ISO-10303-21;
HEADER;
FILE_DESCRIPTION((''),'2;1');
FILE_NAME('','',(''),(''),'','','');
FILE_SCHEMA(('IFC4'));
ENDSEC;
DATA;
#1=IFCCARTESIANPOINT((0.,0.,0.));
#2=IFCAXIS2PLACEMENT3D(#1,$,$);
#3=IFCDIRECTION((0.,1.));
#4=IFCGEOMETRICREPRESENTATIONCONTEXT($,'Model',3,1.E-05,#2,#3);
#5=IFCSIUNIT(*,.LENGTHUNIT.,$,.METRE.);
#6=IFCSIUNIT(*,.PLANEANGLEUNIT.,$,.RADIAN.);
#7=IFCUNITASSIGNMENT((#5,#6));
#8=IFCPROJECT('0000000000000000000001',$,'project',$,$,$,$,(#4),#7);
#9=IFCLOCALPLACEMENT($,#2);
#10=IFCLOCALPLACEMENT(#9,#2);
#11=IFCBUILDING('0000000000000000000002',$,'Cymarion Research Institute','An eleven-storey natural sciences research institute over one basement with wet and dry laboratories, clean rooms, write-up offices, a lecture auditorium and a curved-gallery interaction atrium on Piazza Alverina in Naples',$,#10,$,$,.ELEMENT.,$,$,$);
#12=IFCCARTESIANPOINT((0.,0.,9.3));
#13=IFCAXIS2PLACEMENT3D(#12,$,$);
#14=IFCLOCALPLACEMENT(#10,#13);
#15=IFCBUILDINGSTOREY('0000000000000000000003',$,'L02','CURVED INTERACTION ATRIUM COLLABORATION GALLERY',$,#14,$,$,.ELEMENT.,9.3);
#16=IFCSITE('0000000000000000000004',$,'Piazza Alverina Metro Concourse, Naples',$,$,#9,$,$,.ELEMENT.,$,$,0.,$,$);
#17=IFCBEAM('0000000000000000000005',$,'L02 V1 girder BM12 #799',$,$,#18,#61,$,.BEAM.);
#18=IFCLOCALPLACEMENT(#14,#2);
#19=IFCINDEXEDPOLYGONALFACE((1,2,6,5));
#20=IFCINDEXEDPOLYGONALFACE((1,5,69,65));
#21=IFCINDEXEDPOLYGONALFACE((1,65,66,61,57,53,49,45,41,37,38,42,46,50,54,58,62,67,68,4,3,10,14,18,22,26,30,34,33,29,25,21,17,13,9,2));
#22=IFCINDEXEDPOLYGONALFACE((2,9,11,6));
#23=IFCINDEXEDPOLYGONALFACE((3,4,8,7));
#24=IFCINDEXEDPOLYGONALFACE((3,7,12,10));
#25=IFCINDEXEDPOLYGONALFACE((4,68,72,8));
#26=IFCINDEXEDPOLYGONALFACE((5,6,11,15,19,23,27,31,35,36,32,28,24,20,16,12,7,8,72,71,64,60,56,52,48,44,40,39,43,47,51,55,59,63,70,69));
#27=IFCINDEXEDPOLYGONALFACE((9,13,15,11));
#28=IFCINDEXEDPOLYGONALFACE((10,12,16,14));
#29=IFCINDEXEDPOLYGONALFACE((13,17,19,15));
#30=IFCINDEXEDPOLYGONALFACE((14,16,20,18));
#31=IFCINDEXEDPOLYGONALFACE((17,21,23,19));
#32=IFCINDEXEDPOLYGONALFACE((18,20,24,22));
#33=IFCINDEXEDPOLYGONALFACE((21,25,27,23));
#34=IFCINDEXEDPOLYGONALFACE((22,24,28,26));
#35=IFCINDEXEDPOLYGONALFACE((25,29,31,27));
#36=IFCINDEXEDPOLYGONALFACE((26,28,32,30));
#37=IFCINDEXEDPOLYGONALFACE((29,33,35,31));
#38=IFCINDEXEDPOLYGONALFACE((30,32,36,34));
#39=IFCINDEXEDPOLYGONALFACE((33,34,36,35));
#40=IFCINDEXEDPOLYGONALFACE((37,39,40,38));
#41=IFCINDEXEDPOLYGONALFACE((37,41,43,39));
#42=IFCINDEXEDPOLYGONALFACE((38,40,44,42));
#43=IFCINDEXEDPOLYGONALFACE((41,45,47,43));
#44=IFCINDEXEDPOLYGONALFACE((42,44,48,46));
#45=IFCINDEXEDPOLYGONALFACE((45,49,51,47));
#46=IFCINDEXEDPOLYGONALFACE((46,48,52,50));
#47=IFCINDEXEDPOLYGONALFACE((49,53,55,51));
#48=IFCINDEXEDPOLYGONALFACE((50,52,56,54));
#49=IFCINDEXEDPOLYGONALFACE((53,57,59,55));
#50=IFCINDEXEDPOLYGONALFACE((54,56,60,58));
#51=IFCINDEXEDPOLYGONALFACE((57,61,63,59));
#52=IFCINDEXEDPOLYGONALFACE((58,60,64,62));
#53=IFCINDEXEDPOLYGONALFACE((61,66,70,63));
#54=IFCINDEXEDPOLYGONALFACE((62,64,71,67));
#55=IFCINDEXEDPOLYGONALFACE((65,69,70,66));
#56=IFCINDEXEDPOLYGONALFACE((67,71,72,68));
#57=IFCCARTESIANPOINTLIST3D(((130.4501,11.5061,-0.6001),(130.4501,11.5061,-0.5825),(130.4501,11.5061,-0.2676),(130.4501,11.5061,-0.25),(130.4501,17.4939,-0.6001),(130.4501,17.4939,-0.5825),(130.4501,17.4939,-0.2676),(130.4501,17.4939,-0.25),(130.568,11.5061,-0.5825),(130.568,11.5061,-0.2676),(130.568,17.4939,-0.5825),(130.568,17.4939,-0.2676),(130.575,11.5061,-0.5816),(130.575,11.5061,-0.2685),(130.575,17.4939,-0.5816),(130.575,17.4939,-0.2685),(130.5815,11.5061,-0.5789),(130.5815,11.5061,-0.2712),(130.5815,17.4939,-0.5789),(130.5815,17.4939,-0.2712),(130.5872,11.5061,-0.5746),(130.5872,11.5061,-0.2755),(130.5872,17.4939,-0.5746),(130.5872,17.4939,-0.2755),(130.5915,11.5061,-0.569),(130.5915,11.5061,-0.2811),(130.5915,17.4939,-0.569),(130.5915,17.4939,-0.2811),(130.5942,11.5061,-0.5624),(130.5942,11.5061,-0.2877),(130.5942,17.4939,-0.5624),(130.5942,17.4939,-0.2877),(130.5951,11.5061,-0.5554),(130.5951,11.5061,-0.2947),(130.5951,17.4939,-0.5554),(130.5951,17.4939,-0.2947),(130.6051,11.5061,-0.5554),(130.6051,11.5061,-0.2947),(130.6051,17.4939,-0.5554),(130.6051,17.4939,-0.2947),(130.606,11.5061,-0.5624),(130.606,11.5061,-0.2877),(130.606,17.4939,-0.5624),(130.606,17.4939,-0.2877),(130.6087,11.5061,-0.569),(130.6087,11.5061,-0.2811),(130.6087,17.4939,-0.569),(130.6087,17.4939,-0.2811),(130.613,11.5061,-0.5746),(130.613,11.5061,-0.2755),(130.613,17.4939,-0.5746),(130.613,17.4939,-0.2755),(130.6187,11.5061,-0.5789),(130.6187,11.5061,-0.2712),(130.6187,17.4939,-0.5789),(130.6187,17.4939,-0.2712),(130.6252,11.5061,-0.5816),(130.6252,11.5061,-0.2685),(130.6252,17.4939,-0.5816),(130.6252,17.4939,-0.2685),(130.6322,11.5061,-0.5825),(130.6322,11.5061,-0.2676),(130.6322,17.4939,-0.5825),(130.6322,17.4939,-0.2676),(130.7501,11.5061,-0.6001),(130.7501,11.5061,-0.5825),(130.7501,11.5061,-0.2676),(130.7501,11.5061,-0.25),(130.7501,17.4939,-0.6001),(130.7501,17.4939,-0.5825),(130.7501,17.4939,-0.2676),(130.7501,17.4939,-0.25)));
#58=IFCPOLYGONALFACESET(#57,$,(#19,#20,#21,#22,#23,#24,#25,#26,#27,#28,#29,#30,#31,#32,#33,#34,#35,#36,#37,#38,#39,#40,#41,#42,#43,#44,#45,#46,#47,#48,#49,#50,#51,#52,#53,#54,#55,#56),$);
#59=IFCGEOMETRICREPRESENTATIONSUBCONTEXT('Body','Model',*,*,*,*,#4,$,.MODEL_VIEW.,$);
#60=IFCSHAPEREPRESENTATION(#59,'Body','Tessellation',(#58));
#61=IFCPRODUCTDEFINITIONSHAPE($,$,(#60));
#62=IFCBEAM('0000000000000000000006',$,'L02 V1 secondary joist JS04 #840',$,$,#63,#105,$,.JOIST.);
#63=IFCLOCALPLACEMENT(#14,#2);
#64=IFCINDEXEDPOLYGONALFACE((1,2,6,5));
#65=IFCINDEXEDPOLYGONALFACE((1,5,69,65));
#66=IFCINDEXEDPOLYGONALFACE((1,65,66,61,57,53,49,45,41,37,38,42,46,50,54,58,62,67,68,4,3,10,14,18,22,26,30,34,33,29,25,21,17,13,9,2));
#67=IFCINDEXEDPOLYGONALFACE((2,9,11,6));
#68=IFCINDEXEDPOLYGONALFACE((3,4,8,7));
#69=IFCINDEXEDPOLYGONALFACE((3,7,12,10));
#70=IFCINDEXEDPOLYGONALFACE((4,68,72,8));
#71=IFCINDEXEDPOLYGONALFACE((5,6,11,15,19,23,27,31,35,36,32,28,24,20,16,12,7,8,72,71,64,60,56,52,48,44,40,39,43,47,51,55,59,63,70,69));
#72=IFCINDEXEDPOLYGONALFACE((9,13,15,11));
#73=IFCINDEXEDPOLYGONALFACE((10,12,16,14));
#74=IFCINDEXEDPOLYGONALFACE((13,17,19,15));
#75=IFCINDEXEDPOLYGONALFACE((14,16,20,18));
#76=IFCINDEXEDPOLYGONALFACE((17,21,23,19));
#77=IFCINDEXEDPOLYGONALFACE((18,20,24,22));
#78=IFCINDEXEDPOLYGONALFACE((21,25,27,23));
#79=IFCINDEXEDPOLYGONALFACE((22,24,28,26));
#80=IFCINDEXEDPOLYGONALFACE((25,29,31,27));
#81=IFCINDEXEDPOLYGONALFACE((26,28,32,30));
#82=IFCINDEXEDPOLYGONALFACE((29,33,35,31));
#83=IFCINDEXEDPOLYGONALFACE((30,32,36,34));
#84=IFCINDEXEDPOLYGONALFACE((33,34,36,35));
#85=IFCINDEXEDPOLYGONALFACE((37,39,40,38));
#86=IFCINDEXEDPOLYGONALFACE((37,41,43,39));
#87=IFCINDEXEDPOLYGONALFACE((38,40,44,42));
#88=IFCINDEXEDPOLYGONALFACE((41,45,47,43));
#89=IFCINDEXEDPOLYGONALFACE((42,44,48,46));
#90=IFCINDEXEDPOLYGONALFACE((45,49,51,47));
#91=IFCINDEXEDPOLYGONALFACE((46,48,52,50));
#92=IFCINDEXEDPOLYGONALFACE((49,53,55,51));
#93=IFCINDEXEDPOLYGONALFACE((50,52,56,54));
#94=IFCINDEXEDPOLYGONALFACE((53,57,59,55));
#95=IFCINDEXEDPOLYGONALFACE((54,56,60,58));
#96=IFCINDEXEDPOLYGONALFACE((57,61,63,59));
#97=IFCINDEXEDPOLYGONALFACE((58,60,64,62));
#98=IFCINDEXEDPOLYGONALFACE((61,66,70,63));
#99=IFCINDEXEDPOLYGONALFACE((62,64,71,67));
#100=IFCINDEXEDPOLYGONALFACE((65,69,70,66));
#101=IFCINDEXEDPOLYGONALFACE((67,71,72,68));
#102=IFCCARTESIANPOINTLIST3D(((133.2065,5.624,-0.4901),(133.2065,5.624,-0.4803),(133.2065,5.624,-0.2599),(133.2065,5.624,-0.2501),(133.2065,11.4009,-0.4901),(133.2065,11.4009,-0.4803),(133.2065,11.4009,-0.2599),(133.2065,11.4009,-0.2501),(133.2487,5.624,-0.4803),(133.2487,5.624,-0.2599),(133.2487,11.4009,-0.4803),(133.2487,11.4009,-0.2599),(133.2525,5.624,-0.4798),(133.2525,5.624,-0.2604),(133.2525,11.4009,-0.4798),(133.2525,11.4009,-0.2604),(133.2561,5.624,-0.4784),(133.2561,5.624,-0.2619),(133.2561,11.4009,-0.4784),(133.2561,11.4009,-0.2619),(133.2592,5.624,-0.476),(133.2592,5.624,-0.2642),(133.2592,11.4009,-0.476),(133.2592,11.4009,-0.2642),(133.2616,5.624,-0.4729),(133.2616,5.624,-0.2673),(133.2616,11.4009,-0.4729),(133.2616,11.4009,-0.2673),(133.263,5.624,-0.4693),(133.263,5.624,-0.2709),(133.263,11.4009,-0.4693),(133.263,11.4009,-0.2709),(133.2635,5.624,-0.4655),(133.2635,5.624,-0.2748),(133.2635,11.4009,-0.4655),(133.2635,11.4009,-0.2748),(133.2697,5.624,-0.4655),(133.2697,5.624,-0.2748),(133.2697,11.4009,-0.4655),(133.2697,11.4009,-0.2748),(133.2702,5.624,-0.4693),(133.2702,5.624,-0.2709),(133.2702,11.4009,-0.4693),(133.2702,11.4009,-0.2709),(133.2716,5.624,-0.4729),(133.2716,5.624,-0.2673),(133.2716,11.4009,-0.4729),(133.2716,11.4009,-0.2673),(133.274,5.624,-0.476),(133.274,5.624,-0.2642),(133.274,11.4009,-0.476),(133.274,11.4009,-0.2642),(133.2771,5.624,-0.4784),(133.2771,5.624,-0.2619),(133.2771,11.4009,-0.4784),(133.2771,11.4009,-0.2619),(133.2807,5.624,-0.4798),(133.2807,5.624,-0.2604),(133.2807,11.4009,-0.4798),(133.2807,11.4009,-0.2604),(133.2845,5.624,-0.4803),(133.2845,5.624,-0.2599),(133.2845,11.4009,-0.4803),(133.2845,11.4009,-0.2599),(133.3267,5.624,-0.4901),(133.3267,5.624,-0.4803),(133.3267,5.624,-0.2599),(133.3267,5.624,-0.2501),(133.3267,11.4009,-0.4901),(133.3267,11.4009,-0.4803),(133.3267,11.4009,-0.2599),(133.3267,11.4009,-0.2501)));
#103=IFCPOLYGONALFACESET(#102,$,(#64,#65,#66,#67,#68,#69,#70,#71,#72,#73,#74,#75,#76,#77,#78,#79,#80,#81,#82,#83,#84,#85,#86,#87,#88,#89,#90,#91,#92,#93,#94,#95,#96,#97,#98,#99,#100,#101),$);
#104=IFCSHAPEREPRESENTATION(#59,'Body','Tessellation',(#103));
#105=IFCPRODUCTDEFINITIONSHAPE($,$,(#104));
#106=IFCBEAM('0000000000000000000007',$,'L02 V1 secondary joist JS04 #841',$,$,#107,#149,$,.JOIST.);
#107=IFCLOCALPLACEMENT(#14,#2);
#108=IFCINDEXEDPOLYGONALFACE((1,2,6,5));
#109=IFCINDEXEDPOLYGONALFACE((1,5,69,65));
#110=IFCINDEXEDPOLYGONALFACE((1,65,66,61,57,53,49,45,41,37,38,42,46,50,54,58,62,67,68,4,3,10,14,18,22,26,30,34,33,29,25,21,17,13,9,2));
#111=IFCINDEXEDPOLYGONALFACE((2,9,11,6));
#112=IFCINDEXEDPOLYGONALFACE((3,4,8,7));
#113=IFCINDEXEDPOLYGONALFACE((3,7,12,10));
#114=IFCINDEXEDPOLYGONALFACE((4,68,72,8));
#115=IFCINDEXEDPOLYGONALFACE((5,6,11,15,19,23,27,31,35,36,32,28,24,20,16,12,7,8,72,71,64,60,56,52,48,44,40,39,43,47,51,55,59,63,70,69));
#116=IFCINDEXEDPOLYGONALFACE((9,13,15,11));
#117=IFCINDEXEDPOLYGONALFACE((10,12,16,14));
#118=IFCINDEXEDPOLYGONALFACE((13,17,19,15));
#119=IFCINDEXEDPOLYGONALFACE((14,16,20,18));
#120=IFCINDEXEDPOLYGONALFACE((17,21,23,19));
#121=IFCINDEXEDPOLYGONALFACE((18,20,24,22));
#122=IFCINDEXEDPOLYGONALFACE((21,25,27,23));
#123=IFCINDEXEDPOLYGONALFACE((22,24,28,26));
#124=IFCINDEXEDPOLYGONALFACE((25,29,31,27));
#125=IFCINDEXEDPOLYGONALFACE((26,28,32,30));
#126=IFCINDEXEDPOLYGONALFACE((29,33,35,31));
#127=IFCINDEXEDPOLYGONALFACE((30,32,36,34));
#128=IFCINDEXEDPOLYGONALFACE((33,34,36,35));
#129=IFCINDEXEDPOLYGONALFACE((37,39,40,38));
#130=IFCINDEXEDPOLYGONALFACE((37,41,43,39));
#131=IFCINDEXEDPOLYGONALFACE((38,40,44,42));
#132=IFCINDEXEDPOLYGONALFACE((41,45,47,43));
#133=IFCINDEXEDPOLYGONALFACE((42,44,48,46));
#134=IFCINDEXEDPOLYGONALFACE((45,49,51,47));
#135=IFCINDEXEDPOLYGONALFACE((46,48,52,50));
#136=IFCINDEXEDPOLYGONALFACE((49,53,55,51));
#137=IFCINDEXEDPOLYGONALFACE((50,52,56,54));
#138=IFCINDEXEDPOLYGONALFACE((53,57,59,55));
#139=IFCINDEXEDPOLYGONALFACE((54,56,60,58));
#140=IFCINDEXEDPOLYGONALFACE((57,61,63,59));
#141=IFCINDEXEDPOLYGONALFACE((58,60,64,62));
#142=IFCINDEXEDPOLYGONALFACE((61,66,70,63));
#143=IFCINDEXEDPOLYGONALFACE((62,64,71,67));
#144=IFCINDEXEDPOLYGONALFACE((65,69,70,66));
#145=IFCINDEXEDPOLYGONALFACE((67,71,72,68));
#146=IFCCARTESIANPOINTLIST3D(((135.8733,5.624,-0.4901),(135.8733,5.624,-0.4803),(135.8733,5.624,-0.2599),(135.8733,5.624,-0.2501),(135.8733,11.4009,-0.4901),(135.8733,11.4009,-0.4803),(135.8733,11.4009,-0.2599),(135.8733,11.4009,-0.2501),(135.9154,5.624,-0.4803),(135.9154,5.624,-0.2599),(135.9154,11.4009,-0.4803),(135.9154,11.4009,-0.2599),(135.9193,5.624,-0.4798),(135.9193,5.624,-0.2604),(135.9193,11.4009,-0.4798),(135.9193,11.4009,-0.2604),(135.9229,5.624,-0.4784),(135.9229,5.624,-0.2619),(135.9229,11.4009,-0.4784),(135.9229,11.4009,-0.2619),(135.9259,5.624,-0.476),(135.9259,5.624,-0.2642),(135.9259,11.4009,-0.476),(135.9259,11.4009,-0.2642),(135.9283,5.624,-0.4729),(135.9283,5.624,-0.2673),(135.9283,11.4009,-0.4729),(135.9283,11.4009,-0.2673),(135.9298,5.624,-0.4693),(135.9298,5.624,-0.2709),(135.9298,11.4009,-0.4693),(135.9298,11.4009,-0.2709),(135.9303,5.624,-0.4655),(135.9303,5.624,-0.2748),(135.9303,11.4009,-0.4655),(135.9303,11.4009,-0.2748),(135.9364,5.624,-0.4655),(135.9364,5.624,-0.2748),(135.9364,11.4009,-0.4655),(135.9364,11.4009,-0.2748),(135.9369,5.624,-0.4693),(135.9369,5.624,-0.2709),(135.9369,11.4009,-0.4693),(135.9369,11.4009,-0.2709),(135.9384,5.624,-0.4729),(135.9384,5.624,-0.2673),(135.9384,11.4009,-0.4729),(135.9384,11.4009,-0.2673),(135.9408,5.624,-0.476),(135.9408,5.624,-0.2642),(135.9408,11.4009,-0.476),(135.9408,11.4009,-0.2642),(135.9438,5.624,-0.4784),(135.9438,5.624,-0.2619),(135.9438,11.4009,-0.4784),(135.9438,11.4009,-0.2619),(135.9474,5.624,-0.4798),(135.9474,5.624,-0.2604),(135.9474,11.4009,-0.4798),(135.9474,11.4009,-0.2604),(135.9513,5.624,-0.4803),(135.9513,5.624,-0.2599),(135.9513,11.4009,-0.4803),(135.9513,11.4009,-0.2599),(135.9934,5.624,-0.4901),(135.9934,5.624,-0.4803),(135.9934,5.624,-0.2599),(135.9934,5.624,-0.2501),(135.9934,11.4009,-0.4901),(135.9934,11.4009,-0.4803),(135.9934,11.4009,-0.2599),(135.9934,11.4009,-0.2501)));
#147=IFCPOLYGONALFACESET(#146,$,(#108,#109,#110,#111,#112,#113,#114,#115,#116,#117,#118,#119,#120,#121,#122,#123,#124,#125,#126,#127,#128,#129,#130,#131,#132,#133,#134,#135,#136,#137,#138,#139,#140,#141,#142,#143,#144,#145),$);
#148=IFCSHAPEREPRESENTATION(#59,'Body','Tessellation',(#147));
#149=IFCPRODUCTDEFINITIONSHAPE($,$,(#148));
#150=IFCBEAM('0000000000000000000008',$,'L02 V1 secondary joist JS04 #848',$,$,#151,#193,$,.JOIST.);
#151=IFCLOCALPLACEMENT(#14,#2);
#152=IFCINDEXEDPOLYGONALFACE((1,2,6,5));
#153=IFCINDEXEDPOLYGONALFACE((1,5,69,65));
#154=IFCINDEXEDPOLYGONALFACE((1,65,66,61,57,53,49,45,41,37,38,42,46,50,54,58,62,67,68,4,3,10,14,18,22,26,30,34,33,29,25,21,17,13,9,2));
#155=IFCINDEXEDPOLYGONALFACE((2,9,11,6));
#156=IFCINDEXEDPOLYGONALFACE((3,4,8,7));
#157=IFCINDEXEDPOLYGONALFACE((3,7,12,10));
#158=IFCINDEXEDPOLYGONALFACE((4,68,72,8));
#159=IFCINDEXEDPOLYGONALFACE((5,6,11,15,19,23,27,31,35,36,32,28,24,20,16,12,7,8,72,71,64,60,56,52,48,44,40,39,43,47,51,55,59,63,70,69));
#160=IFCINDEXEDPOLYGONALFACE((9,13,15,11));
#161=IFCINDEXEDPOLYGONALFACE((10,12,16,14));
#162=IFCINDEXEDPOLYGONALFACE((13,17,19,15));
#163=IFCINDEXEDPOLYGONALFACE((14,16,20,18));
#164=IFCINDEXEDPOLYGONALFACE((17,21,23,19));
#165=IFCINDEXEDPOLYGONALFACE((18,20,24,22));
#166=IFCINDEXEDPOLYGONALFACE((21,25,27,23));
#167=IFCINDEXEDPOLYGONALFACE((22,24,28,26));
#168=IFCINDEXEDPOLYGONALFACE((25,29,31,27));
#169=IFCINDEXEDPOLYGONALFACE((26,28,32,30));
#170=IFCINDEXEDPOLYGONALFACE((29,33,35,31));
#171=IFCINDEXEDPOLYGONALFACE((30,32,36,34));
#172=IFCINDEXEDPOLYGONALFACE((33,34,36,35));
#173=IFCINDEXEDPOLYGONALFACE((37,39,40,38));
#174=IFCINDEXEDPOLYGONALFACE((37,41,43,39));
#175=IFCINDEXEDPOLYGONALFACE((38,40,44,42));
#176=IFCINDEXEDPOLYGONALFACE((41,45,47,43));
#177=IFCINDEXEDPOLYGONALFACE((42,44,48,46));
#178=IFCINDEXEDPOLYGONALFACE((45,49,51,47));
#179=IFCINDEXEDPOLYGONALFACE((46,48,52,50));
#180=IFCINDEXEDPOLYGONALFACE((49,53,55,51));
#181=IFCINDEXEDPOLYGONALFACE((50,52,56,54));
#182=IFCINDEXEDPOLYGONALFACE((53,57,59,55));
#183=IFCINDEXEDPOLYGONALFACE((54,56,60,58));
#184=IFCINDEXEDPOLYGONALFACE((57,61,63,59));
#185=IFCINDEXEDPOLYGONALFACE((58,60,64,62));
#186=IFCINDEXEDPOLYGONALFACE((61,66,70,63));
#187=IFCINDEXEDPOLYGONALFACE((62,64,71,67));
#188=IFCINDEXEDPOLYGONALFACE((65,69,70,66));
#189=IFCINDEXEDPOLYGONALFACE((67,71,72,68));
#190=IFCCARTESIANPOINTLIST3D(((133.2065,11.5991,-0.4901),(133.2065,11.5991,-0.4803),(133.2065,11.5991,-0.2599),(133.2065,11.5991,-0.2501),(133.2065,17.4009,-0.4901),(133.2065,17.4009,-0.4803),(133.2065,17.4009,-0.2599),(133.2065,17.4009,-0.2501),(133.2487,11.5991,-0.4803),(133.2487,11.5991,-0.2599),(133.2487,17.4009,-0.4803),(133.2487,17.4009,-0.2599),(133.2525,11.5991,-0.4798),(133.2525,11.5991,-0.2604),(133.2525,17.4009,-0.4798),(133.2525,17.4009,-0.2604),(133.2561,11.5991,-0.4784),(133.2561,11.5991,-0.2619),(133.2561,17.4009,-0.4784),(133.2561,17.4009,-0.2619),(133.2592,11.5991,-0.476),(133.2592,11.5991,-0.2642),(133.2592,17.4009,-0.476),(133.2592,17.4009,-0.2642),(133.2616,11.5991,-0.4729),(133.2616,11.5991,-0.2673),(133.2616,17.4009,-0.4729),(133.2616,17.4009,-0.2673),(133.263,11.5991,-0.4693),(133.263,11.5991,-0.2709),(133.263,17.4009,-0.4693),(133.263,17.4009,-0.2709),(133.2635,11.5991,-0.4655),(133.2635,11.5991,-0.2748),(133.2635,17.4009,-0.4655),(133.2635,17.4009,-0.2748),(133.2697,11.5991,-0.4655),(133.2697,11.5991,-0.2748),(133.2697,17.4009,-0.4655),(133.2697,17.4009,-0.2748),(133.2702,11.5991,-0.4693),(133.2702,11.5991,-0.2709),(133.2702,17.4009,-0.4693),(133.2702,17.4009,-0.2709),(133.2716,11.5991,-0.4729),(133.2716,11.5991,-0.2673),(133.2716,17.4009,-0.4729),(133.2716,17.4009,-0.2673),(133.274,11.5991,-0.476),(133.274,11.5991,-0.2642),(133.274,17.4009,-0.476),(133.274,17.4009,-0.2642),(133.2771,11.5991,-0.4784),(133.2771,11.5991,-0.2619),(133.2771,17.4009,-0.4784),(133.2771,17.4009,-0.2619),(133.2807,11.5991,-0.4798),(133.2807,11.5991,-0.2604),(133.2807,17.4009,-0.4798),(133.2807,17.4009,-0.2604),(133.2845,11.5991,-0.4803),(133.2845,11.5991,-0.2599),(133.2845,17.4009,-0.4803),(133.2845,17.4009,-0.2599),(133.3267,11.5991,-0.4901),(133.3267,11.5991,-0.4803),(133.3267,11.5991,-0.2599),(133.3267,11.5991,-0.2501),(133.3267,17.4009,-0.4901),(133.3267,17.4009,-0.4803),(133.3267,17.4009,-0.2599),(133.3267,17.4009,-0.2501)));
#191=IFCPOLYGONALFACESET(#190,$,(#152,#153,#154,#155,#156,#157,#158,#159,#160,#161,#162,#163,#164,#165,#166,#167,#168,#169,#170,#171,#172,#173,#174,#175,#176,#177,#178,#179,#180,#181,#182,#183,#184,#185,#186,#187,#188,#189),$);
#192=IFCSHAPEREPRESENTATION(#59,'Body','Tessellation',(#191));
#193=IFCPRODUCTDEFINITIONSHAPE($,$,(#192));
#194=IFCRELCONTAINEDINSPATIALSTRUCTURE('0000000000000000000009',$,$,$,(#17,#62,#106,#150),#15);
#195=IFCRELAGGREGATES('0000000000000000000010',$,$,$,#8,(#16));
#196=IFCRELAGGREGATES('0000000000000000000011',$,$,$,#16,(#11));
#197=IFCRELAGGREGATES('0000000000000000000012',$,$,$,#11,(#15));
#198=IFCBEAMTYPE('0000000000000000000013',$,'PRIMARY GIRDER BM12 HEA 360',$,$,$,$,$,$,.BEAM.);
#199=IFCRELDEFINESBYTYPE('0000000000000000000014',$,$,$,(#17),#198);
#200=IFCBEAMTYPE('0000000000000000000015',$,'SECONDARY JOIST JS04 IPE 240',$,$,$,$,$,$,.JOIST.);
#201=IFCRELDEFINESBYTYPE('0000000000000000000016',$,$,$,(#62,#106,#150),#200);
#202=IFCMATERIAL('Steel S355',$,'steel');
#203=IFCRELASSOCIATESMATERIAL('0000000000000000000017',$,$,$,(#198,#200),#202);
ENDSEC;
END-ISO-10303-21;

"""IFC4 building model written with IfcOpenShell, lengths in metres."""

from ifc_helpers import new_model, si_unit, direction, frame, origin, origin_2d, place, context, subcontext, project, spatial, i_section, extrude, material, material_profile, profile_set, type_object, element, save


model = new_model("IFC4")

# Units and contexts
model_context = context("Model", 3, precision=1e-05, world=origin(), true_north=direction((0.0, 1.0)))
body_context = subcontext(model_context, "Body", "Model", "MODEL_VIEW")
ifc_project = project(units=[si_unit("LENGTHUNIT", "METRE"), si_unit("PLANEANGLEUNIT", "RADIAN")], contexts=[model_context])

# Site, building, storey
site_placement = place(None, origin())
site = spatial("IfcSite", under=ifc_project, at=site_placement, Name="Piazza Alverina Metro Concourse, Naples", CompositionType="ELEMENT", RefElevation=0.0)
building_placement = place(site_placement, origin())
building = spatial("IfcBuilding", under=site, at=building_placement, Name="Cymarion Research Institute", Description="An eleven-storey natural sciences research institute over one basement with wet and dry laboratories, clean rooms, write-up offices, a lecture auditorium and a curved-gallery interaction atrium on Piazza Alverina in Naples", CompositionType="ELEMENT")
storey_placement = place(building_placement, frame((0.0, 0.0, 9.3)))
storey = spatial("IfcBuildingStorey", under=building, at=storey_placement, Name="L02", Description="CURVED INTERACTION ATRIUM COLLABORATION GALLERY", CompositionType="ELEMENT", Elevation=9.3)

# Shared definitions
ifc_material_1 = material(Name="Steel S355", Category="steel")

# Beams
ifc_material_profile_1 = material_profile(ifc_material_1, i_section(OverallWidth=0.3, OverallDepth=0.3501, WebThickness=0.01, FlangeThickness=0.0176, FilletRadius=0.0271, at=origin_2d()), Name="HEA 360")
ifc_profile_set_1 = profile_set([ifc_material_profile_1], Name="Steel S355")
beam_type_1 = type_object("IfcBeamType", Name="PRIMARY GIRDER BM12 HEA 360", PredefinedType="BEAM", material=ifc_profile_set_1)
for number, where, z_axis, x_axis, name in (
    (1, (130.6001, 11.5061, -0.425), (0.0, 1.0, 0.0), (-1.0, 0.0, 0.0), "L02 V1 girder BM12 #799"),
):
    element("IfcBeam", number, at=place(storey_placement, frame(where, z_axis=z_axis, x_axis=x_axis)), inside=storey, type_object=beam_type_1, Name=name, PredefinedType="BEAM", context=body_context, shape_type="SweptSolid", body=[
        extrude(i_section(OverallWidth=0.3, OverallDepth=0.3501, WebThickness=0.01, FlangeThickness=0.0176, FilletRadius=0.0271, at=origin_2d()), origin(), (0.0, 0.0, 1.0), 5.9878),
    ])
ifc_material_profile_2 = material_profile(ifc_material_1, i_section(OverallWidth=0.1201, OverallDepth=0.24, WebThickness=0.0061, FlangeThickness=0.0098, FilletRadius=0.0149, at=origin_2d()), Name="IPE 240")
ifc_profile_set_2 = profile_set([ifc_material_profile_2], Name="Steel S355")
beam_type_2 = type_object("IfcBeamType", Name="SECONDARY JOIST JS04 IPE 240", PredefinedType="JOIST", material=ifc_profile_set_2)
for number, where, z_axis, x_axis, name in (
    (2, (133.2666, 5.624, -0.3701), (0.0, 1.0, 0.0), (-1.0, 0.0, 0.0), "L02 V1 secondary joist JS04 #840"),
    (3, (135.9333, 5.624, -0.3701), (0.0, 1.0, 0.0), (-1.0, 0.0, 0.0), "L02 V1 secondary joist JS04 #841"),
):
    element("IfcBeam", number, at=place(storey_placement, frame(where, z_axis=z_axis, x_axis=x_axis)), inside=storey, type_object=beam_type_2, Name=name, PredefinedType="JOIST", context=body_context, shape_type="SweptSolid", body=[
        extrude(i_section(OverallWidth=0.1201, OverallDepth=0.24, WebThickness=0.0061, FlangeThickness=0.0098, FilletRadius=0.0149, at=origin_2d()), origin(), (0.0, 0.0, 1.0), 5.7769),
    ])
for number, where, z_axis, x_axis, name in (
    (4, (133.2666, 11.5991, -0.3701), (0.0, 1.0, 0.0), (-1.0, 0.0, 0.0), "L02 V1 secondary joist JS04 #848"),
):
    element("IfcBeam", number, at=place(storey_placement, frame(where, z_axis=z_axis, x_axis=x_axis)), inside=storey, type_object=beam_type_2, Name=name, PredefinedType="JOIST", context=body_context, shape_type="SweptSolid", body=[
        extrude(i_section(OverallWidth=0.1201, OverallDepth=0.24, WebThickness=0.0061, FlangeThickness=0.0098, FilletRadius=0.0149, at=origin_2d()), origin(), (0.0, 0.0, 1.0), 5.8018),
    ])

save(model, "model.ifc")
